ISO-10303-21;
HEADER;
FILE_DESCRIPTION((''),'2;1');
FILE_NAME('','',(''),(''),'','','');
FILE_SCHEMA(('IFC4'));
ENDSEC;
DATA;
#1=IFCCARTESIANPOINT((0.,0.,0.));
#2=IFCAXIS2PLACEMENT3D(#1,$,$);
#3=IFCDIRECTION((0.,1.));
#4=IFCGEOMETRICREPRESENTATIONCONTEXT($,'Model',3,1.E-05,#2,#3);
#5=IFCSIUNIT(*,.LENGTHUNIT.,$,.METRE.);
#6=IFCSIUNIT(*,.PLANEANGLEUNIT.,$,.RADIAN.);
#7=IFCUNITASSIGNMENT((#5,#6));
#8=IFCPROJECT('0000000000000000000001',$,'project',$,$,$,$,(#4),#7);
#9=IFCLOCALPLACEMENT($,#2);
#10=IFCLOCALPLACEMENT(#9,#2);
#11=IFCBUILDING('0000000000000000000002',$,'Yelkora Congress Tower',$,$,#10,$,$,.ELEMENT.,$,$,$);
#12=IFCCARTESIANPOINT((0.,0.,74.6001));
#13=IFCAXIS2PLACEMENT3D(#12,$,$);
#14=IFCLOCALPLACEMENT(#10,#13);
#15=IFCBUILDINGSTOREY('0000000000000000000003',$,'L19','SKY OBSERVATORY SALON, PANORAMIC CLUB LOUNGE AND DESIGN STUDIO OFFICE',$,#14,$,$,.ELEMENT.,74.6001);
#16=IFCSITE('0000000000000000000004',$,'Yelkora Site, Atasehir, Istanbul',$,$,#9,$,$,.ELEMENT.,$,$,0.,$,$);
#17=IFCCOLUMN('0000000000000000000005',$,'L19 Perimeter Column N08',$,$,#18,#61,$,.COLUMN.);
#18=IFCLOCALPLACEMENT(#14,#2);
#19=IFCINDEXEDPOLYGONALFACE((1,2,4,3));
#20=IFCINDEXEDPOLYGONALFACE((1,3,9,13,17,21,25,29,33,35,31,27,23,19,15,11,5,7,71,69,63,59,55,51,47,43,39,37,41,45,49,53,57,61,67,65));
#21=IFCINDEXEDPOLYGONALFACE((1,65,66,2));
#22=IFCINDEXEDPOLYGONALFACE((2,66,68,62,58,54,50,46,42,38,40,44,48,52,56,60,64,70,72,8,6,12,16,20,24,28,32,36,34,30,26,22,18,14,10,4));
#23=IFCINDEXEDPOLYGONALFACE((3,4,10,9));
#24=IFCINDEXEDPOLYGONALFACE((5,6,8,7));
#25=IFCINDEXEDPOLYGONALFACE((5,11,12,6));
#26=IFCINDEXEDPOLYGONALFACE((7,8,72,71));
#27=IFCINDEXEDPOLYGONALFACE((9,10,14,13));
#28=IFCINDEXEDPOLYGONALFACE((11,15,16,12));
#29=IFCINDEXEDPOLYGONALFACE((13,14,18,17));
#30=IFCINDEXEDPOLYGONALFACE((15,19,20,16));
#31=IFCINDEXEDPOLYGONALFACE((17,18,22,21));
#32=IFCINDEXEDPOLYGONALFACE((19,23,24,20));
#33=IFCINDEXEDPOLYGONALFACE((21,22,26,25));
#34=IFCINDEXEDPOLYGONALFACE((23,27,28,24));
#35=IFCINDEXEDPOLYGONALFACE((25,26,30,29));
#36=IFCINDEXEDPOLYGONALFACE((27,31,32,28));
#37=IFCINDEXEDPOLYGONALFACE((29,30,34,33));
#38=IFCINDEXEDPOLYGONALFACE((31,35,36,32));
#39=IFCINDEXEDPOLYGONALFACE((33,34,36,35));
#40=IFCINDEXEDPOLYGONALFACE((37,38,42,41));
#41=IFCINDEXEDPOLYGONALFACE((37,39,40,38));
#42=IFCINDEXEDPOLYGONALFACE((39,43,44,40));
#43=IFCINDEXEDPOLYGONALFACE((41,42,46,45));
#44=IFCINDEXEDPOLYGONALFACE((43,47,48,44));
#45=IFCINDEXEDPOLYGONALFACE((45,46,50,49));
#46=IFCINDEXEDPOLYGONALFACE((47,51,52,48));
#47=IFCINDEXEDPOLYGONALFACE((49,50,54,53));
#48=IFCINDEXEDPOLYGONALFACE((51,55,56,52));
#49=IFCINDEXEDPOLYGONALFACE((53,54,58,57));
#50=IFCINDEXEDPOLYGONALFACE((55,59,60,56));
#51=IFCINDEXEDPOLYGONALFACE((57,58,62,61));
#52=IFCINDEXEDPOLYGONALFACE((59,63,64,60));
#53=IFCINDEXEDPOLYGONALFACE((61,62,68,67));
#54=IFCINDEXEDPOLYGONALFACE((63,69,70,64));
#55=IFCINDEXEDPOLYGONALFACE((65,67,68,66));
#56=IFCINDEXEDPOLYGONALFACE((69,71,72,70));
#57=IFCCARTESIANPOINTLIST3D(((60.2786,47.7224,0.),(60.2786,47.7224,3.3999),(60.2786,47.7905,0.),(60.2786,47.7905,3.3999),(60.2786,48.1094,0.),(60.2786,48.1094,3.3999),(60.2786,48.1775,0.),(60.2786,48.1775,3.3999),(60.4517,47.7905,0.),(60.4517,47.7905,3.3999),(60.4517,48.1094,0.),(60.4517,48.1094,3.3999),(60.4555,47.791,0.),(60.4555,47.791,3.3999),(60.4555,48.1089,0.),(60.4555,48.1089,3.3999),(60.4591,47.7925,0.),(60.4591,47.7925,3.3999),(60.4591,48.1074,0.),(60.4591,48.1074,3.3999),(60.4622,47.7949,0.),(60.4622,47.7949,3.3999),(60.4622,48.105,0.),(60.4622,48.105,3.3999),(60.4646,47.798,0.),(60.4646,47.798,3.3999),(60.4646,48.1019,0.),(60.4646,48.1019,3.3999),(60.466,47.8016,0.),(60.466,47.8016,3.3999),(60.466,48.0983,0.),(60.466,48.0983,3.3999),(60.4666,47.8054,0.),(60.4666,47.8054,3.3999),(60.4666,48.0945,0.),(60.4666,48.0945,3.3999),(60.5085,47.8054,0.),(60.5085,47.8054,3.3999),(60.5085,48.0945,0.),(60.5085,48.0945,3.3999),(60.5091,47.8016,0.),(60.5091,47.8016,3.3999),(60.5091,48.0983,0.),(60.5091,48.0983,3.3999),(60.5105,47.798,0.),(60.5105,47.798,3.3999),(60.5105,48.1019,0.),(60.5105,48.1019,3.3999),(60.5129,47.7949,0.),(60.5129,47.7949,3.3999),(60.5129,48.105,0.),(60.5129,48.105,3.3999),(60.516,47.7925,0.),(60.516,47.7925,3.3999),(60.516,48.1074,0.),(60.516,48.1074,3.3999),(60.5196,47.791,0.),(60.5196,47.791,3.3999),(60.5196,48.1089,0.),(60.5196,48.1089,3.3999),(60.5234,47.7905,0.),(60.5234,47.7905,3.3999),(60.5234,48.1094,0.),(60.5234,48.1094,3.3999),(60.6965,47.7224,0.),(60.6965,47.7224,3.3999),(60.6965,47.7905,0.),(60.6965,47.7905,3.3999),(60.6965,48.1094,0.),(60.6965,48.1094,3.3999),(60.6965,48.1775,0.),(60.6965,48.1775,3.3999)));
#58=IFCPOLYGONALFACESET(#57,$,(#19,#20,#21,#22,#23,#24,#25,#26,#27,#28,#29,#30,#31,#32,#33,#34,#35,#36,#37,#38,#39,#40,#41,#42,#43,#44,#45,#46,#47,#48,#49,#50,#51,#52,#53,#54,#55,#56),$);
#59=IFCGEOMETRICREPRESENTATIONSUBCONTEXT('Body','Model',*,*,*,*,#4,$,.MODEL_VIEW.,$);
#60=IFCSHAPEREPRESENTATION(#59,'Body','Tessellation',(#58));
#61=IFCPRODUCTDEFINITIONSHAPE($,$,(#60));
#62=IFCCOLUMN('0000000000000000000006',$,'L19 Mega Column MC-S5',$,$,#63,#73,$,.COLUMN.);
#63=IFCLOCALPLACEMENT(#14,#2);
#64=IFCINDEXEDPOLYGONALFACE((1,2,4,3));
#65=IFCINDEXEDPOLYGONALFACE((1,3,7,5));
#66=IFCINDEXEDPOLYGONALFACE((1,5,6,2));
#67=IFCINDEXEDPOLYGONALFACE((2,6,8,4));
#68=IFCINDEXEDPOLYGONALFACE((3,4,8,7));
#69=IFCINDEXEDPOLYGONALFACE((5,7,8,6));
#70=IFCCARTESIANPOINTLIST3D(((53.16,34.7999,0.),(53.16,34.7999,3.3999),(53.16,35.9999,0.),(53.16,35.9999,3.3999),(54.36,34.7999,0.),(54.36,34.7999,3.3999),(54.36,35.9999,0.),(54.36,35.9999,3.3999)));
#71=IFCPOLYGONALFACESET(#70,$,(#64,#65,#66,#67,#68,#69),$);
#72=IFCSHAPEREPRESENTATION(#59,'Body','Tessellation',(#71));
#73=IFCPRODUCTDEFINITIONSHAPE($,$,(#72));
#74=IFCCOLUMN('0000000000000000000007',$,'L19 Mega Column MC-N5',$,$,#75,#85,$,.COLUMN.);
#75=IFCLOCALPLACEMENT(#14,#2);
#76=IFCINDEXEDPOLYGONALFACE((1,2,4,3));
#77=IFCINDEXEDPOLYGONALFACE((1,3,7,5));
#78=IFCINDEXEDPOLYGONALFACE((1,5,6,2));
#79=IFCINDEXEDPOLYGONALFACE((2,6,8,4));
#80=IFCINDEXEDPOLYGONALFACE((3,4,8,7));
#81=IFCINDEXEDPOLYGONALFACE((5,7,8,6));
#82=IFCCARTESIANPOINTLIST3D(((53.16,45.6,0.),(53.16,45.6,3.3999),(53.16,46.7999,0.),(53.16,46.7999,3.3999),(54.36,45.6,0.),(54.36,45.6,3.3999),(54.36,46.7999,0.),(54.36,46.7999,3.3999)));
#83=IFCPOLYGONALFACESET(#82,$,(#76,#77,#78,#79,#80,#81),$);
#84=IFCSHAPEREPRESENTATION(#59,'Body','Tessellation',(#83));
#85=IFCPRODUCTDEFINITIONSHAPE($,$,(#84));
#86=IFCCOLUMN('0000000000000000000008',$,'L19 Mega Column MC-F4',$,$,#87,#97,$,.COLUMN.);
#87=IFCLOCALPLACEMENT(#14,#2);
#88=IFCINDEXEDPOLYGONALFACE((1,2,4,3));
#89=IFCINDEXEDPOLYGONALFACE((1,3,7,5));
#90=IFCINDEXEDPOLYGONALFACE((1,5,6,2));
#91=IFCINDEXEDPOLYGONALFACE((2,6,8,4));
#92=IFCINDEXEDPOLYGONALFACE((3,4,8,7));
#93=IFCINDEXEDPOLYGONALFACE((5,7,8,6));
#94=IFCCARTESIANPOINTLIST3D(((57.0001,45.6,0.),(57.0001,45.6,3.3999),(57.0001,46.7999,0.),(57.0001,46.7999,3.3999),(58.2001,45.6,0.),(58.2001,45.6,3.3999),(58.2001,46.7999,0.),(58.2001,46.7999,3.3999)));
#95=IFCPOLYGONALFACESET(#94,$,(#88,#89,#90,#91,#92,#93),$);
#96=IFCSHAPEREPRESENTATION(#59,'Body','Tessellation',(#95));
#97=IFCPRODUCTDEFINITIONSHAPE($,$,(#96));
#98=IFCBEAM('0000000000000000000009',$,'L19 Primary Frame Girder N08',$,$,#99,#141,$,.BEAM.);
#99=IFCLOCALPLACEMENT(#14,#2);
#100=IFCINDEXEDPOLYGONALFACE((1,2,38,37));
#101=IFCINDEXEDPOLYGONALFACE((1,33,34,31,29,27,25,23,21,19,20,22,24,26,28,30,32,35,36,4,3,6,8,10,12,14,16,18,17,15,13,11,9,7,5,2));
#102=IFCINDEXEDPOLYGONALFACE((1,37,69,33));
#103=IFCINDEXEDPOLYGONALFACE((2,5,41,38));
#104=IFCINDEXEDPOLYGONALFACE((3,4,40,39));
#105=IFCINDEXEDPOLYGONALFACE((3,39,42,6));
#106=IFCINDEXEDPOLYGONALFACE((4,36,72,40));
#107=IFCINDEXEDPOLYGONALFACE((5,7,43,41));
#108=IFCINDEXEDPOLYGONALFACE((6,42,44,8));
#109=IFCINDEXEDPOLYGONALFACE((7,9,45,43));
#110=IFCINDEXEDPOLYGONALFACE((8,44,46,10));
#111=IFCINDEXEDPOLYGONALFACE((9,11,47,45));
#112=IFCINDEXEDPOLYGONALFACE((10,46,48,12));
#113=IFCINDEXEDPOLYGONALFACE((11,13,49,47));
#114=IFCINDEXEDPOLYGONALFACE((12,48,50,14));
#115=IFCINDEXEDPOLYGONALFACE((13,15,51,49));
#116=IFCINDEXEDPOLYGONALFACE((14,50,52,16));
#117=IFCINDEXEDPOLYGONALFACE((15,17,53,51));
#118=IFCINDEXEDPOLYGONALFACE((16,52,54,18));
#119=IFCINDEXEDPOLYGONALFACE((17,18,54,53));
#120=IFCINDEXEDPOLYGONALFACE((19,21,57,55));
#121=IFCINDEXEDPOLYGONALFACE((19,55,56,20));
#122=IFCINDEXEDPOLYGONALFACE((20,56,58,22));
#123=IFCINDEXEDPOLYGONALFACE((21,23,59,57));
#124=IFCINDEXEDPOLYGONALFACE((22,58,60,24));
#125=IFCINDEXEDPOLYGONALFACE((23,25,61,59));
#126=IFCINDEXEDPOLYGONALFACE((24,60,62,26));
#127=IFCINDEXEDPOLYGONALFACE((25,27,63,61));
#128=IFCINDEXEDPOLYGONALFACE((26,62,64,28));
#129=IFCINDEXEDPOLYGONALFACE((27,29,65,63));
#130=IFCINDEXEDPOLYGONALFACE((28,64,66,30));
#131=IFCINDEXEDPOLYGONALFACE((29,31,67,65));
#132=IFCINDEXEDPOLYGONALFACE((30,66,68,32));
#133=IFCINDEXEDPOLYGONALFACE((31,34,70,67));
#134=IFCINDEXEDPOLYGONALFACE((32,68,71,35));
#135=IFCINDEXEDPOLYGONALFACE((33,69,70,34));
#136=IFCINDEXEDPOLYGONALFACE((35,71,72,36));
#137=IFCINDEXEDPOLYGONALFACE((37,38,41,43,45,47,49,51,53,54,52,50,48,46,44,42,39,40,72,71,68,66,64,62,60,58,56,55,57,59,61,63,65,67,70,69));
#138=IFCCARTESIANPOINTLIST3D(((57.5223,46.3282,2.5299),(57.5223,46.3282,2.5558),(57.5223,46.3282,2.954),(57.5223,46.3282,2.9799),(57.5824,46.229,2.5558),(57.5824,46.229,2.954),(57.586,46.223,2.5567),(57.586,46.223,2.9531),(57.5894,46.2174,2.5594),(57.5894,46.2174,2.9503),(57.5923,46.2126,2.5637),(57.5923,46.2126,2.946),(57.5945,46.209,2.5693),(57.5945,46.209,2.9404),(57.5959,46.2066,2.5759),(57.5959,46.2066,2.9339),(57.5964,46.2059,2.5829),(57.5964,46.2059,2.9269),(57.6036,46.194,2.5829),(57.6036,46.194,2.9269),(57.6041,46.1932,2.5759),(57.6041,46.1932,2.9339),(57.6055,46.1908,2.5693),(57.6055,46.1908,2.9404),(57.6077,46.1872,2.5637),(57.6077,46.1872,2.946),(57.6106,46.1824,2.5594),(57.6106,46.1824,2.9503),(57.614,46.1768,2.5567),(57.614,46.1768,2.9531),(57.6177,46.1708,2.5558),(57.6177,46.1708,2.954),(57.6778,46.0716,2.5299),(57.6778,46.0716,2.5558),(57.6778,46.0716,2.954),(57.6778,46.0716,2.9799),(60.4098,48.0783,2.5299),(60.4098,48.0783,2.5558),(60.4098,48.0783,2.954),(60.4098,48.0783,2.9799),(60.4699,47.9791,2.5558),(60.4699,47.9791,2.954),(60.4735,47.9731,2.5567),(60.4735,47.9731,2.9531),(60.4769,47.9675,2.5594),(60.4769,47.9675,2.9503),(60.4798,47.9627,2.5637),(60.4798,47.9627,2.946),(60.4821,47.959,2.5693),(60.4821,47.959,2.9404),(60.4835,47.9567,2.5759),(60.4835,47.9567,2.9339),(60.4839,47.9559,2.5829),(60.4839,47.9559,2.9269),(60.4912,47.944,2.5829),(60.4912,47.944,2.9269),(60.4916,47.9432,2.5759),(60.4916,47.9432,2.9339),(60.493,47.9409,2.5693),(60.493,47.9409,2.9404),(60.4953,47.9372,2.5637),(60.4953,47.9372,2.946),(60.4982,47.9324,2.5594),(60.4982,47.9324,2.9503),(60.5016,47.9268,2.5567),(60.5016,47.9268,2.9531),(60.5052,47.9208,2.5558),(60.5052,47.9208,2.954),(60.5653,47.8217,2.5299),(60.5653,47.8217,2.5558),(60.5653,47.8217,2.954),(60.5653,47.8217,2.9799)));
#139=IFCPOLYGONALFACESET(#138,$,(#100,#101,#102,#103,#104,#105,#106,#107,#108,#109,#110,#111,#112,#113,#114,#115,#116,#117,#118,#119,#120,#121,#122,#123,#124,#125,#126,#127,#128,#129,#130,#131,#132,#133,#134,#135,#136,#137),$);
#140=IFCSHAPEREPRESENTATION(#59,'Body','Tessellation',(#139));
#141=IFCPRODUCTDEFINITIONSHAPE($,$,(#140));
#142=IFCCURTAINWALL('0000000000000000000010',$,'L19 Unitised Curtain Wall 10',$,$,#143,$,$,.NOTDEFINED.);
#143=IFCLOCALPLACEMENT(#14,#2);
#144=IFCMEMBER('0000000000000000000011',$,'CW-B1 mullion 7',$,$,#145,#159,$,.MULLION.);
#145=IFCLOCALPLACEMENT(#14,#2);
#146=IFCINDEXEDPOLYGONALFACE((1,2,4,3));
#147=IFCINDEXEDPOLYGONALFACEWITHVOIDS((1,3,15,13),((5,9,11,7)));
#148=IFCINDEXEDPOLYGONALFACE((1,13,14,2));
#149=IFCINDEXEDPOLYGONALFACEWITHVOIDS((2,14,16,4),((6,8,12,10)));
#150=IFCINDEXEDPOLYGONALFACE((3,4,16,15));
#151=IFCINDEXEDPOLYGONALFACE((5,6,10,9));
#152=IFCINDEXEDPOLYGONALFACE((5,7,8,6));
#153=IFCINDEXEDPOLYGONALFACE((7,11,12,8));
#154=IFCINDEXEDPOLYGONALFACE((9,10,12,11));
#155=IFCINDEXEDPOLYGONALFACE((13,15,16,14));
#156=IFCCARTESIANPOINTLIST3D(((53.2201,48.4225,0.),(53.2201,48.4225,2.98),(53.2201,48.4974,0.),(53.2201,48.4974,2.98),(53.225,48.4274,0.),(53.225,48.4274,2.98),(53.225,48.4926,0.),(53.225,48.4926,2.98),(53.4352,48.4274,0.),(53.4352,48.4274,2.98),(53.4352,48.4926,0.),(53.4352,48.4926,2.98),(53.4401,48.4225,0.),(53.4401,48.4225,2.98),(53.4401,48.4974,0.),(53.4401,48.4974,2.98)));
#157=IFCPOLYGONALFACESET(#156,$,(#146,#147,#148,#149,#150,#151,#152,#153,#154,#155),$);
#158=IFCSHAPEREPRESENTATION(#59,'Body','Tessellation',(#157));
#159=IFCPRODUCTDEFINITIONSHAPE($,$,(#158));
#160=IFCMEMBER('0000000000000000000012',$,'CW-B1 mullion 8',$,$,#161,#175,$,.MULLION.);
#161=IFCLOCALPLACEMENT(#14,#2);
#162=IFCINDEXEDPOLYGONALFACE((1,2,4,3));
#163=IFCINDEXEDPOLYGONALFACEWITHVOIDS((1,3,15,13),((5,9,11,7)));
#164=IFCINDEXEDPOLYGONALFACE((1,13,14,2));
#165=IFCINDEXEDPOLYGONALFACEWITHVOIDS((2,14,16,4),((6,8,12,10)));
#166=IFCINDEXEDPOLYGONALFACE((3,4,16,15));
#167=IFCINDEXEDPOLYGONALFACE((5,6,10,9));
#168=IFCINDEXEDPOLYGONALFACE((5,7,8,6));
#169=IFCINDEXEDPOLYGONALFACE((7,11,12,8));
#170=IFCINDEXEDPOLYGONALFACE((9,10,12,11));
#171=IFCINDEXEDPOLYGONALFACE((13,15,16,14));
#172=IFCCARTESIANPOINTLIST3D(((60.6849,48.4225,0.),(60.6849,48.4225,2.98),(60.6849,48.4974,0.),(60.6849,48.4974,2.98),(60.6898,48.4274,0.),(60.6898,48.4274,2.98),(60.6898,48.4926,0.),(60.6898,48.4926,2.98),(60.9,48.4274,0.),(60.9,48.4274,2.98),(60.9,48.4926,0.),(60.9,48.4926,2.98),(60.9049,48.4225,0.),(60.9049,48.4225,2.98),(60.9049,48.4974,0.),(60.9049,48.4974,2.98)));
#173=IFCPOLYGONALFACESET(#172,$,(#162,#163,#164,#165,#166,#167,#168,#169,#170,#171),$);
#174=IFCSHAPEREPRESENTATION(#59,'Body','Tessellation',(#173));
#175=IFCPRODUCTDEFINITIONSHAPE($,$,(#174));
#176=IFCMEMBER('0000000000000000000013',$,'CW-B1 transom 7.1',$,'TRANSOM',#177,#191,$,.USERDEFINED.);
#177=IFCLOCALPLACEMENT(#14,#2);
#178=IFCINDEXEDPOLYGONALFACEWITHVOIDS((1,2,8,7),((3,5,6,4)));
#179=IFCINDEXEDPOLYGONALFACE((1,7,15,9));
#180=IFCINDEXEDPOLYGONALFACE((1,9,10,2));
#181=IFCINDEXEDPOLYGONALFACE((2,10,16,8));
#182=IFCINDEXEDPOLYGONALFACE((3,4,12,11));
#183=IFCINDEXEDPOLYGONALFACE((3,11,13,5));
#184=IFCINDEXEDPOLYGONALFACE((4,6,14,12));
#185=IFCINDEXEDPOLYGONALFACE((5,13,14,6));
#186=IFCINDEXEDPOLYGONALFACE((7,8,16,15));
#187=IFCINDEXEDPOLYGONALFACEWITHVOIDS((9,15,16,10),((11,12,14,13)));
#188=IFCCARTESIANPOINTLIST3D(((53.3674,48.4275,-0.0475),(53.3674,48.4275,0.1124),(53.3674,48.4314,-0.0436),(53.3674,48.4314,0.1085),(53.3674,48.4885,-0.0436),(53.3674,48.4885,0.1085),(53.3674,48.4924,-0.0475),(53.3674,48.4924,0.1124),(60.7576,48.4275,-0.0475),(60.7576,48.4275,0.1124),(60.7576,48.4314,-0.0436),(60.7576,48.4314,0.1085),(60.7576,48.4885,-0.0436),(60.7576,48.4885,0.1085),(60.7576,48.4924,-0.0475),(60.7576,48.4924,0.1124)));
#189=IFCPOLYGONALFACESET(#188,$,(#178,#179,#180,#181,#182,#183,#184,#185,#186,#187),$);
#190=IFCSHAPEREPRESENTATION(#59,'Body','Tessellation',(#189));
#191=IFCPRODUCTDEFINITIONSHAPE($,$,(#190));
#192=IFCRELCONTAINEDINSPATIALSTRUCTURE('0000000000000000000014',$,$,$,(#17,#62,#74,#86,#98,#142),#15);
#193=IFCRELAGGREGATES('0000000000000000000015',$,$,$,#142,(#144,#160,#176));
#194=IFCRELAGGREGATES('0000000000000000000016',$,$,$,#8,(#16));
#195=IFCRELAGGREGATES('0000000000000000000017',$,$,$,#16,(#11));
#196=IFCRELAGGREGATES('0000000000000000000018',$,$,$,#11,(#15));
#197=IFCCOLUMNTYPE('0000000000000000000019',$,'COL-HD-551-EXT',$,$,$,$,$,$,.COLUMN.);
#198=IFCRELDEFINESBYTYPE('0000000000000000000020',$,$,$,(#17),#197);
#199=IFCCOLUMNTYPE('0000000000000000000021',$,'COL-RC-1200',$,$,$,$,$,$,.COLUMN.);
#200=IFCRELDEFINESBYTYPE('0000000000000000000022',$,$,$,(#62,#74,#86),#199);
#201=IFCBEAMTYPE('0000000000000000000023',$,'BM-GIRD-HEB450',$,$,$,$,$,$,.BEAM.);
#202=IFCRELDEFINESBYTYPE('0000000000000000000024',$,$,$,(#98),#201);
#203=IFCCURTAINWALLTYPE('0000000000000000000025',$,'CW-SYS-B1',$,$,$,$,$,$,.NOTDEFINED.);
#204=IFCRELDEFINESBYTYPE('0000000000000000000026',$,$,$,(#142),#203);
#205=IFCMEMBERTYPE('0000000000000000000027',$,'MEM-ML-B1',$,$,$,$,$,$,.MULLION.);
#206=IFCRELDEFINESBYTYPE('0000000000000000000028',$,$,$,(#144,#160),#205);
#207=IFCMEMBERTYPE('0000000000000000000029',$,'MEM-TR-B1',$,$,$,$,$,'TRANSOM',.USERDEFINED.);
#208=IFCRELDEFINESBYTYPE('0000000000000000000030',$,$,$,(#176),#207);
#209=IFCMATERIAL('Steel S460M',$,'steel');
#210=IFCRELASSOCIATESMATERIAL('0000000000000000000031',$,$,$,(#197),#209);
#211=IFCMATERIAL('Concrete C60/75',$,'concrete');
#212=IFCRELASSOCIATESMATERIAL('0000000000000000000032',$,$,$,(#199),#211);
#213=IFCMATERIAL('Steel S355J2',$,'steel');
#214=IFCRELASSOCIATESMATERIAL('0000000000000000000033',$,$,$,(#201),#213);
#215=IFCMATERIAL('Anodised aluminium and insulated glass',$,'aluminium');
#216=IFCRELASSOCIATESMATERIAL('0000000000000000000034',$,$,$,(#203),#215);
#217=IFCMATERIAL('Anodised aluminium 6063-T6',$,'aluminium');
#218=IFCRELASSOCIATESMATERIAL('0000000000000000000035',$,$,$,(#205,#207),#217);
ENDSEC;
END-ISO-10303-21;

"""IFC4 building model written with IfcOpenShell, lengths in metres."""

from ifc_helpers import new_model, si_unit, direction, frame, origin, origin_2d, place, context, subcontext, project, spatial, rectangle, hollow_rectangle, i_section, extrude, material, material_profile, profile_set, type_object, element, aggregate, save


model = new_model("IFC4")

# Units and contexts
model_context = context("Model", 3, precision=1e-05, world=origin(), true_north=direction((0.0, 1.0)))
body_context = subcontext(model_context, "Body", "Model", "MODEL_VIEW")
ifc_project = project(units=[si_unit("LENGTHUNIT", "METRE"), si_unit("PLANEANGLEUNIT", "RADIAN")], contexts=[model_context])

# Site, building, storey
site_placement = place(None, origin())
site = spatial("IfcSite", under=ifc_project, at=site_placement, Name="Yelkora Site, Atasehir, Istanbul", CompositionType="ELEMENT", RefElevation=0.0)
building_placement = place(site_placement, origin())
building = spatial("IfcBuilding", under=site, at=building_placement, Name="Yelkora Congress Tower", CompositionType="ELEMENT")
storey_placement = place(building_placement, frame((0.0, 0.0, 74.6001)))
storey = spatial("IfcBuildingStorey", under=building, at=storey_placement, Name="L19", Description="SKY OBSERVATORY SALON, PANORAMIC CLUB LOUNGE AND DESIGN STUDIO OFFICE", CompositionType="ELEMENT", Elevation=74.6001)

# Columns
ifc_material_1 = material(Name="Steel S460M", Category="steel")
ifc_material_profile_1 = material_profile(ifc_material_1, i_section(OverallWidth=0.418, OverallDepth=0.4551, WebThickness=0.042, FlangeThickness=0.0681, FilletRadius=0.0149, at=origin_2d()), Name="HD 400x551")
ifc_profile_set_1 = profile_set([ifc_material_profile_1], Name="Steel S460M")
column_type_1 = type_object("IfcColumnType", Name="COL-HD-551-EXT", PredefinedType="COLUMN", material=ifc_profile_set_1)
column_placement = place(storey_placement, frame((60.4875, 47.95, 0.0), z_axis=(0.0, 0.0, 1.0), x_axis=(1.0, 0.0, 0.0)))
element("IfcColumn", 1, at=column_placement, inside=storey, type_object=column_type_1, Name="L19 Perimeter Column N08", PredefinedType="COLUMN", context=body_context, shape_type="SweptSolid", body=[
    extrude(i_section(OverallWidth=0.418, OverallDepth=0.4551, WebThickness=0.042, FlangeThickness=0.0681, FilletRadius=0.0149, at=origin_2d()), origin(), (0.0, 0.0, 1.0), 3.3999),
])
ifc_material_2 = material(Name="Concrete C60/75", Category="concrete")
ifc_material_profile_2 = material_profile(ifc_material_2, rectangle(XDim=1.2, YDim=1.2, at=origin_2d()), Name="RC 1200x1200")
ifc_profile_set_2 = profile_set([ifc_material_profile_2], Name="Concrete C60/75")
column_type_2 = type_object("IfcColumnType", Name="COL-RC-1200", PredefinedType="COLUMN", material=ifc_profile_set_2)
for number, where, z_axis, x_axis, name in (
    (2, (53.76, 35.3999, 0.0), (0.0, 0.0, 1.0), (1.0, 0.0, 0.0), "L19 Mega Column MC-S5"),
    (3, (53.76, 46.2, 0.0), (0.0, 0.0, 1.0), (1.0, 0.0, 0.0), "L19 Mega Column MC-N5"),
    (4, (57.6001, 46.2, 0.0), (0.0, 0.0, 1.0), (1.0, 0.0, 0.0), "L19 Mega Column MC-F4"),
):
    element("IfcColumn", number, at=place(storey_placement, frame(where, z_axis=z_axis, x_axis=x_axis)), inside=storey, type_object=column_type_2, Name=name, PredefinedType="COLUMN", context=body_context, shape_type="SweptSolid", body=[
        extrude(rectangle(XDim=1.2, YDim=1.2, at=origin_2d()), origin(), (0.0, 0.0, 1.0), 3.3999),
    ])

# Beam
ifc_material_3 = material(Name="Steel S355J2", Category="steel")
ifc_material_profile_3 = material_profile(ifc_material_3, i_section(OverallWidth=0.3, OverallDepth=0.45, WebThickness=0.0139, FlangeThickness=0.0259, FilletRadius=0.0271, at=origin_2d()), Name="HEB 450")
ifc_profile_set_3 = profile_set([ifc_material_profile_3], Name="Steel S355J2")
beam_type = type_object("IfcBeamType", Name="BM-GIRD-HEB450", PredefinedType="BEAM", material=ifc_profile_set_3)
beam_placement = place(storey_placement, frame((60.4875, 47.95, 2.7549), z_axis=(-0.855194, -0.518308, 0.0), x_axis=(0.518308, -0.855194, 0.0)))
element("IfcBeam", 5, at=beam_placement, inside=storey, type_object=beam_type, Name="L19 Primary Frame Girder N08", PredefinedType="BEAM", context=body_context, shape_type="SweptSolid", body=[
    extrude(i_section(OverallWidth=0.3, OverallDepth=0.45, WebThickness=0.0139, FlangeThickness=0.0259, FilletRadius=0.0271, at=origin_2d()), origin(), (0.0, 0.0, 1.0), 3.3765),
])

# Curtain wall, members
ifc_material_4 = material(Name="Anodised aluminium and insulated glass", Category="aluminium")
curtain_wall_type = type_object("IfcCurtainWallType", Name="CW-SYS-B1", PredefinedType="NOTDEFINED", material=ifc_material_4)
curtain_wall_placement = place(storey_placement, origin())
curtain_wall = element("IfcCurtainWall", 6, at=curtain_wall_placement, inside=storey, type_object=curtain_wall_type, Name="L19 Unitised Curtain Wall 10", PredefinedType="NOTDEFINED")
ifc_material_5 = material(Name="Anodised aluminium 6063-T6", Category="aluminium")
ifc_material_profile_4 = material_profile(ifc_material_5, hollow_rectangle(XDim=0.075, YDim=0.22, WallThickness=0.0049, at=origin_2d()), Name="ALU 75x220x5")
ifc_profile_set_4 = profile_set([ifc_material_profile_4], Name="Anodised aluminium 6063-T6")
member_type_1 = type_object("IfcMemberType", Name="MEM-ML-B1", PredefinedType="MULLION", material=ifc_profile_set_4)
member_1_placement = place(storey_placement, frame((53.3301, 48.46, 0.0), z_axis=(0.0, 0.0, 1.0), x_axis=(0.0, 1.0, 0.0)))
member_1 = element("IfcMember", 7, at=member_1_placement, type_object=member_type_1, Name="CW-B1 mullion 7", PredefinedType="MULLION", context=body_context, shape_type="SweptSolid", body=[
    extrude(hollow_rectangle(XDim=0.075, YDim=0.22, WallThickness=0.0049, at=origin_2d()), origin(), (0.0, 0.0, 1.0), 2.98),
])
member_2_placement = place(storey_placement, frame((60.7949, 48.46, 0.0), z_axis=(0.0, 0.0, 1.0), x_axis=(0.0, 1.0, 0.0)))
member_2 = element("IfcMember", 8, at=member_2_placement, type_object=member_type_1, Name="CW-B1 mullion 8", PredefinedType="MULLION", context=body_context, shape_type="SweptSolid", body=[
    extrude(hollow_rectangle(XDim=0.075, YDim=0.22, WallThickness=0.0049, at=origin_2d()), origin(), (0.0, 0.0, 1.0), 2.98),
])
ifc_material_profile_5 = material_profile(ifc_material_5, hollow_rectangle(XDim=0.0649, YDim=0.1599, WallThickness=0.0039, at=origin_2d()), Name="ALU 65x160x4")
ifc_profile_set_5 = profile_set([ifc_material_profile_5], Name="Anodised aluminium 6063-T6")
member_type_2 = type_object("IfcMemberType", Name="MEM-TR-B1", ElementType="TRANSOM", PredefinedType="USERDEFINED", material=ifc_profile_set_5)
member_3_placement = place(storey_placement, frame((53.3674, 48.46, 0.0325), z_axis=(1.0, 0.0, 0.0), x_axis=(0.0, 1.0, 0.0)))
member_3 = element("IfcMember", 9, at=member_3_placement, type_object=member_type_2, Name="CW-B1 transom 7.1", ObjectType="TRANSOM", PredefinedType="USERDEFINED", context=body_context, shape_type="SweptSolid", body=[
    extrude(hollow_rectangle(XDim=0.0649, YDim=0.1599, WallThickness=0.0039, at=origin_2d()), origin(), (0.0, 0.0, 1.0), 7.3901),
])
aggregate(curtain_wall, [member_1, member_2, member_3])

save(model, "model.ifc")
